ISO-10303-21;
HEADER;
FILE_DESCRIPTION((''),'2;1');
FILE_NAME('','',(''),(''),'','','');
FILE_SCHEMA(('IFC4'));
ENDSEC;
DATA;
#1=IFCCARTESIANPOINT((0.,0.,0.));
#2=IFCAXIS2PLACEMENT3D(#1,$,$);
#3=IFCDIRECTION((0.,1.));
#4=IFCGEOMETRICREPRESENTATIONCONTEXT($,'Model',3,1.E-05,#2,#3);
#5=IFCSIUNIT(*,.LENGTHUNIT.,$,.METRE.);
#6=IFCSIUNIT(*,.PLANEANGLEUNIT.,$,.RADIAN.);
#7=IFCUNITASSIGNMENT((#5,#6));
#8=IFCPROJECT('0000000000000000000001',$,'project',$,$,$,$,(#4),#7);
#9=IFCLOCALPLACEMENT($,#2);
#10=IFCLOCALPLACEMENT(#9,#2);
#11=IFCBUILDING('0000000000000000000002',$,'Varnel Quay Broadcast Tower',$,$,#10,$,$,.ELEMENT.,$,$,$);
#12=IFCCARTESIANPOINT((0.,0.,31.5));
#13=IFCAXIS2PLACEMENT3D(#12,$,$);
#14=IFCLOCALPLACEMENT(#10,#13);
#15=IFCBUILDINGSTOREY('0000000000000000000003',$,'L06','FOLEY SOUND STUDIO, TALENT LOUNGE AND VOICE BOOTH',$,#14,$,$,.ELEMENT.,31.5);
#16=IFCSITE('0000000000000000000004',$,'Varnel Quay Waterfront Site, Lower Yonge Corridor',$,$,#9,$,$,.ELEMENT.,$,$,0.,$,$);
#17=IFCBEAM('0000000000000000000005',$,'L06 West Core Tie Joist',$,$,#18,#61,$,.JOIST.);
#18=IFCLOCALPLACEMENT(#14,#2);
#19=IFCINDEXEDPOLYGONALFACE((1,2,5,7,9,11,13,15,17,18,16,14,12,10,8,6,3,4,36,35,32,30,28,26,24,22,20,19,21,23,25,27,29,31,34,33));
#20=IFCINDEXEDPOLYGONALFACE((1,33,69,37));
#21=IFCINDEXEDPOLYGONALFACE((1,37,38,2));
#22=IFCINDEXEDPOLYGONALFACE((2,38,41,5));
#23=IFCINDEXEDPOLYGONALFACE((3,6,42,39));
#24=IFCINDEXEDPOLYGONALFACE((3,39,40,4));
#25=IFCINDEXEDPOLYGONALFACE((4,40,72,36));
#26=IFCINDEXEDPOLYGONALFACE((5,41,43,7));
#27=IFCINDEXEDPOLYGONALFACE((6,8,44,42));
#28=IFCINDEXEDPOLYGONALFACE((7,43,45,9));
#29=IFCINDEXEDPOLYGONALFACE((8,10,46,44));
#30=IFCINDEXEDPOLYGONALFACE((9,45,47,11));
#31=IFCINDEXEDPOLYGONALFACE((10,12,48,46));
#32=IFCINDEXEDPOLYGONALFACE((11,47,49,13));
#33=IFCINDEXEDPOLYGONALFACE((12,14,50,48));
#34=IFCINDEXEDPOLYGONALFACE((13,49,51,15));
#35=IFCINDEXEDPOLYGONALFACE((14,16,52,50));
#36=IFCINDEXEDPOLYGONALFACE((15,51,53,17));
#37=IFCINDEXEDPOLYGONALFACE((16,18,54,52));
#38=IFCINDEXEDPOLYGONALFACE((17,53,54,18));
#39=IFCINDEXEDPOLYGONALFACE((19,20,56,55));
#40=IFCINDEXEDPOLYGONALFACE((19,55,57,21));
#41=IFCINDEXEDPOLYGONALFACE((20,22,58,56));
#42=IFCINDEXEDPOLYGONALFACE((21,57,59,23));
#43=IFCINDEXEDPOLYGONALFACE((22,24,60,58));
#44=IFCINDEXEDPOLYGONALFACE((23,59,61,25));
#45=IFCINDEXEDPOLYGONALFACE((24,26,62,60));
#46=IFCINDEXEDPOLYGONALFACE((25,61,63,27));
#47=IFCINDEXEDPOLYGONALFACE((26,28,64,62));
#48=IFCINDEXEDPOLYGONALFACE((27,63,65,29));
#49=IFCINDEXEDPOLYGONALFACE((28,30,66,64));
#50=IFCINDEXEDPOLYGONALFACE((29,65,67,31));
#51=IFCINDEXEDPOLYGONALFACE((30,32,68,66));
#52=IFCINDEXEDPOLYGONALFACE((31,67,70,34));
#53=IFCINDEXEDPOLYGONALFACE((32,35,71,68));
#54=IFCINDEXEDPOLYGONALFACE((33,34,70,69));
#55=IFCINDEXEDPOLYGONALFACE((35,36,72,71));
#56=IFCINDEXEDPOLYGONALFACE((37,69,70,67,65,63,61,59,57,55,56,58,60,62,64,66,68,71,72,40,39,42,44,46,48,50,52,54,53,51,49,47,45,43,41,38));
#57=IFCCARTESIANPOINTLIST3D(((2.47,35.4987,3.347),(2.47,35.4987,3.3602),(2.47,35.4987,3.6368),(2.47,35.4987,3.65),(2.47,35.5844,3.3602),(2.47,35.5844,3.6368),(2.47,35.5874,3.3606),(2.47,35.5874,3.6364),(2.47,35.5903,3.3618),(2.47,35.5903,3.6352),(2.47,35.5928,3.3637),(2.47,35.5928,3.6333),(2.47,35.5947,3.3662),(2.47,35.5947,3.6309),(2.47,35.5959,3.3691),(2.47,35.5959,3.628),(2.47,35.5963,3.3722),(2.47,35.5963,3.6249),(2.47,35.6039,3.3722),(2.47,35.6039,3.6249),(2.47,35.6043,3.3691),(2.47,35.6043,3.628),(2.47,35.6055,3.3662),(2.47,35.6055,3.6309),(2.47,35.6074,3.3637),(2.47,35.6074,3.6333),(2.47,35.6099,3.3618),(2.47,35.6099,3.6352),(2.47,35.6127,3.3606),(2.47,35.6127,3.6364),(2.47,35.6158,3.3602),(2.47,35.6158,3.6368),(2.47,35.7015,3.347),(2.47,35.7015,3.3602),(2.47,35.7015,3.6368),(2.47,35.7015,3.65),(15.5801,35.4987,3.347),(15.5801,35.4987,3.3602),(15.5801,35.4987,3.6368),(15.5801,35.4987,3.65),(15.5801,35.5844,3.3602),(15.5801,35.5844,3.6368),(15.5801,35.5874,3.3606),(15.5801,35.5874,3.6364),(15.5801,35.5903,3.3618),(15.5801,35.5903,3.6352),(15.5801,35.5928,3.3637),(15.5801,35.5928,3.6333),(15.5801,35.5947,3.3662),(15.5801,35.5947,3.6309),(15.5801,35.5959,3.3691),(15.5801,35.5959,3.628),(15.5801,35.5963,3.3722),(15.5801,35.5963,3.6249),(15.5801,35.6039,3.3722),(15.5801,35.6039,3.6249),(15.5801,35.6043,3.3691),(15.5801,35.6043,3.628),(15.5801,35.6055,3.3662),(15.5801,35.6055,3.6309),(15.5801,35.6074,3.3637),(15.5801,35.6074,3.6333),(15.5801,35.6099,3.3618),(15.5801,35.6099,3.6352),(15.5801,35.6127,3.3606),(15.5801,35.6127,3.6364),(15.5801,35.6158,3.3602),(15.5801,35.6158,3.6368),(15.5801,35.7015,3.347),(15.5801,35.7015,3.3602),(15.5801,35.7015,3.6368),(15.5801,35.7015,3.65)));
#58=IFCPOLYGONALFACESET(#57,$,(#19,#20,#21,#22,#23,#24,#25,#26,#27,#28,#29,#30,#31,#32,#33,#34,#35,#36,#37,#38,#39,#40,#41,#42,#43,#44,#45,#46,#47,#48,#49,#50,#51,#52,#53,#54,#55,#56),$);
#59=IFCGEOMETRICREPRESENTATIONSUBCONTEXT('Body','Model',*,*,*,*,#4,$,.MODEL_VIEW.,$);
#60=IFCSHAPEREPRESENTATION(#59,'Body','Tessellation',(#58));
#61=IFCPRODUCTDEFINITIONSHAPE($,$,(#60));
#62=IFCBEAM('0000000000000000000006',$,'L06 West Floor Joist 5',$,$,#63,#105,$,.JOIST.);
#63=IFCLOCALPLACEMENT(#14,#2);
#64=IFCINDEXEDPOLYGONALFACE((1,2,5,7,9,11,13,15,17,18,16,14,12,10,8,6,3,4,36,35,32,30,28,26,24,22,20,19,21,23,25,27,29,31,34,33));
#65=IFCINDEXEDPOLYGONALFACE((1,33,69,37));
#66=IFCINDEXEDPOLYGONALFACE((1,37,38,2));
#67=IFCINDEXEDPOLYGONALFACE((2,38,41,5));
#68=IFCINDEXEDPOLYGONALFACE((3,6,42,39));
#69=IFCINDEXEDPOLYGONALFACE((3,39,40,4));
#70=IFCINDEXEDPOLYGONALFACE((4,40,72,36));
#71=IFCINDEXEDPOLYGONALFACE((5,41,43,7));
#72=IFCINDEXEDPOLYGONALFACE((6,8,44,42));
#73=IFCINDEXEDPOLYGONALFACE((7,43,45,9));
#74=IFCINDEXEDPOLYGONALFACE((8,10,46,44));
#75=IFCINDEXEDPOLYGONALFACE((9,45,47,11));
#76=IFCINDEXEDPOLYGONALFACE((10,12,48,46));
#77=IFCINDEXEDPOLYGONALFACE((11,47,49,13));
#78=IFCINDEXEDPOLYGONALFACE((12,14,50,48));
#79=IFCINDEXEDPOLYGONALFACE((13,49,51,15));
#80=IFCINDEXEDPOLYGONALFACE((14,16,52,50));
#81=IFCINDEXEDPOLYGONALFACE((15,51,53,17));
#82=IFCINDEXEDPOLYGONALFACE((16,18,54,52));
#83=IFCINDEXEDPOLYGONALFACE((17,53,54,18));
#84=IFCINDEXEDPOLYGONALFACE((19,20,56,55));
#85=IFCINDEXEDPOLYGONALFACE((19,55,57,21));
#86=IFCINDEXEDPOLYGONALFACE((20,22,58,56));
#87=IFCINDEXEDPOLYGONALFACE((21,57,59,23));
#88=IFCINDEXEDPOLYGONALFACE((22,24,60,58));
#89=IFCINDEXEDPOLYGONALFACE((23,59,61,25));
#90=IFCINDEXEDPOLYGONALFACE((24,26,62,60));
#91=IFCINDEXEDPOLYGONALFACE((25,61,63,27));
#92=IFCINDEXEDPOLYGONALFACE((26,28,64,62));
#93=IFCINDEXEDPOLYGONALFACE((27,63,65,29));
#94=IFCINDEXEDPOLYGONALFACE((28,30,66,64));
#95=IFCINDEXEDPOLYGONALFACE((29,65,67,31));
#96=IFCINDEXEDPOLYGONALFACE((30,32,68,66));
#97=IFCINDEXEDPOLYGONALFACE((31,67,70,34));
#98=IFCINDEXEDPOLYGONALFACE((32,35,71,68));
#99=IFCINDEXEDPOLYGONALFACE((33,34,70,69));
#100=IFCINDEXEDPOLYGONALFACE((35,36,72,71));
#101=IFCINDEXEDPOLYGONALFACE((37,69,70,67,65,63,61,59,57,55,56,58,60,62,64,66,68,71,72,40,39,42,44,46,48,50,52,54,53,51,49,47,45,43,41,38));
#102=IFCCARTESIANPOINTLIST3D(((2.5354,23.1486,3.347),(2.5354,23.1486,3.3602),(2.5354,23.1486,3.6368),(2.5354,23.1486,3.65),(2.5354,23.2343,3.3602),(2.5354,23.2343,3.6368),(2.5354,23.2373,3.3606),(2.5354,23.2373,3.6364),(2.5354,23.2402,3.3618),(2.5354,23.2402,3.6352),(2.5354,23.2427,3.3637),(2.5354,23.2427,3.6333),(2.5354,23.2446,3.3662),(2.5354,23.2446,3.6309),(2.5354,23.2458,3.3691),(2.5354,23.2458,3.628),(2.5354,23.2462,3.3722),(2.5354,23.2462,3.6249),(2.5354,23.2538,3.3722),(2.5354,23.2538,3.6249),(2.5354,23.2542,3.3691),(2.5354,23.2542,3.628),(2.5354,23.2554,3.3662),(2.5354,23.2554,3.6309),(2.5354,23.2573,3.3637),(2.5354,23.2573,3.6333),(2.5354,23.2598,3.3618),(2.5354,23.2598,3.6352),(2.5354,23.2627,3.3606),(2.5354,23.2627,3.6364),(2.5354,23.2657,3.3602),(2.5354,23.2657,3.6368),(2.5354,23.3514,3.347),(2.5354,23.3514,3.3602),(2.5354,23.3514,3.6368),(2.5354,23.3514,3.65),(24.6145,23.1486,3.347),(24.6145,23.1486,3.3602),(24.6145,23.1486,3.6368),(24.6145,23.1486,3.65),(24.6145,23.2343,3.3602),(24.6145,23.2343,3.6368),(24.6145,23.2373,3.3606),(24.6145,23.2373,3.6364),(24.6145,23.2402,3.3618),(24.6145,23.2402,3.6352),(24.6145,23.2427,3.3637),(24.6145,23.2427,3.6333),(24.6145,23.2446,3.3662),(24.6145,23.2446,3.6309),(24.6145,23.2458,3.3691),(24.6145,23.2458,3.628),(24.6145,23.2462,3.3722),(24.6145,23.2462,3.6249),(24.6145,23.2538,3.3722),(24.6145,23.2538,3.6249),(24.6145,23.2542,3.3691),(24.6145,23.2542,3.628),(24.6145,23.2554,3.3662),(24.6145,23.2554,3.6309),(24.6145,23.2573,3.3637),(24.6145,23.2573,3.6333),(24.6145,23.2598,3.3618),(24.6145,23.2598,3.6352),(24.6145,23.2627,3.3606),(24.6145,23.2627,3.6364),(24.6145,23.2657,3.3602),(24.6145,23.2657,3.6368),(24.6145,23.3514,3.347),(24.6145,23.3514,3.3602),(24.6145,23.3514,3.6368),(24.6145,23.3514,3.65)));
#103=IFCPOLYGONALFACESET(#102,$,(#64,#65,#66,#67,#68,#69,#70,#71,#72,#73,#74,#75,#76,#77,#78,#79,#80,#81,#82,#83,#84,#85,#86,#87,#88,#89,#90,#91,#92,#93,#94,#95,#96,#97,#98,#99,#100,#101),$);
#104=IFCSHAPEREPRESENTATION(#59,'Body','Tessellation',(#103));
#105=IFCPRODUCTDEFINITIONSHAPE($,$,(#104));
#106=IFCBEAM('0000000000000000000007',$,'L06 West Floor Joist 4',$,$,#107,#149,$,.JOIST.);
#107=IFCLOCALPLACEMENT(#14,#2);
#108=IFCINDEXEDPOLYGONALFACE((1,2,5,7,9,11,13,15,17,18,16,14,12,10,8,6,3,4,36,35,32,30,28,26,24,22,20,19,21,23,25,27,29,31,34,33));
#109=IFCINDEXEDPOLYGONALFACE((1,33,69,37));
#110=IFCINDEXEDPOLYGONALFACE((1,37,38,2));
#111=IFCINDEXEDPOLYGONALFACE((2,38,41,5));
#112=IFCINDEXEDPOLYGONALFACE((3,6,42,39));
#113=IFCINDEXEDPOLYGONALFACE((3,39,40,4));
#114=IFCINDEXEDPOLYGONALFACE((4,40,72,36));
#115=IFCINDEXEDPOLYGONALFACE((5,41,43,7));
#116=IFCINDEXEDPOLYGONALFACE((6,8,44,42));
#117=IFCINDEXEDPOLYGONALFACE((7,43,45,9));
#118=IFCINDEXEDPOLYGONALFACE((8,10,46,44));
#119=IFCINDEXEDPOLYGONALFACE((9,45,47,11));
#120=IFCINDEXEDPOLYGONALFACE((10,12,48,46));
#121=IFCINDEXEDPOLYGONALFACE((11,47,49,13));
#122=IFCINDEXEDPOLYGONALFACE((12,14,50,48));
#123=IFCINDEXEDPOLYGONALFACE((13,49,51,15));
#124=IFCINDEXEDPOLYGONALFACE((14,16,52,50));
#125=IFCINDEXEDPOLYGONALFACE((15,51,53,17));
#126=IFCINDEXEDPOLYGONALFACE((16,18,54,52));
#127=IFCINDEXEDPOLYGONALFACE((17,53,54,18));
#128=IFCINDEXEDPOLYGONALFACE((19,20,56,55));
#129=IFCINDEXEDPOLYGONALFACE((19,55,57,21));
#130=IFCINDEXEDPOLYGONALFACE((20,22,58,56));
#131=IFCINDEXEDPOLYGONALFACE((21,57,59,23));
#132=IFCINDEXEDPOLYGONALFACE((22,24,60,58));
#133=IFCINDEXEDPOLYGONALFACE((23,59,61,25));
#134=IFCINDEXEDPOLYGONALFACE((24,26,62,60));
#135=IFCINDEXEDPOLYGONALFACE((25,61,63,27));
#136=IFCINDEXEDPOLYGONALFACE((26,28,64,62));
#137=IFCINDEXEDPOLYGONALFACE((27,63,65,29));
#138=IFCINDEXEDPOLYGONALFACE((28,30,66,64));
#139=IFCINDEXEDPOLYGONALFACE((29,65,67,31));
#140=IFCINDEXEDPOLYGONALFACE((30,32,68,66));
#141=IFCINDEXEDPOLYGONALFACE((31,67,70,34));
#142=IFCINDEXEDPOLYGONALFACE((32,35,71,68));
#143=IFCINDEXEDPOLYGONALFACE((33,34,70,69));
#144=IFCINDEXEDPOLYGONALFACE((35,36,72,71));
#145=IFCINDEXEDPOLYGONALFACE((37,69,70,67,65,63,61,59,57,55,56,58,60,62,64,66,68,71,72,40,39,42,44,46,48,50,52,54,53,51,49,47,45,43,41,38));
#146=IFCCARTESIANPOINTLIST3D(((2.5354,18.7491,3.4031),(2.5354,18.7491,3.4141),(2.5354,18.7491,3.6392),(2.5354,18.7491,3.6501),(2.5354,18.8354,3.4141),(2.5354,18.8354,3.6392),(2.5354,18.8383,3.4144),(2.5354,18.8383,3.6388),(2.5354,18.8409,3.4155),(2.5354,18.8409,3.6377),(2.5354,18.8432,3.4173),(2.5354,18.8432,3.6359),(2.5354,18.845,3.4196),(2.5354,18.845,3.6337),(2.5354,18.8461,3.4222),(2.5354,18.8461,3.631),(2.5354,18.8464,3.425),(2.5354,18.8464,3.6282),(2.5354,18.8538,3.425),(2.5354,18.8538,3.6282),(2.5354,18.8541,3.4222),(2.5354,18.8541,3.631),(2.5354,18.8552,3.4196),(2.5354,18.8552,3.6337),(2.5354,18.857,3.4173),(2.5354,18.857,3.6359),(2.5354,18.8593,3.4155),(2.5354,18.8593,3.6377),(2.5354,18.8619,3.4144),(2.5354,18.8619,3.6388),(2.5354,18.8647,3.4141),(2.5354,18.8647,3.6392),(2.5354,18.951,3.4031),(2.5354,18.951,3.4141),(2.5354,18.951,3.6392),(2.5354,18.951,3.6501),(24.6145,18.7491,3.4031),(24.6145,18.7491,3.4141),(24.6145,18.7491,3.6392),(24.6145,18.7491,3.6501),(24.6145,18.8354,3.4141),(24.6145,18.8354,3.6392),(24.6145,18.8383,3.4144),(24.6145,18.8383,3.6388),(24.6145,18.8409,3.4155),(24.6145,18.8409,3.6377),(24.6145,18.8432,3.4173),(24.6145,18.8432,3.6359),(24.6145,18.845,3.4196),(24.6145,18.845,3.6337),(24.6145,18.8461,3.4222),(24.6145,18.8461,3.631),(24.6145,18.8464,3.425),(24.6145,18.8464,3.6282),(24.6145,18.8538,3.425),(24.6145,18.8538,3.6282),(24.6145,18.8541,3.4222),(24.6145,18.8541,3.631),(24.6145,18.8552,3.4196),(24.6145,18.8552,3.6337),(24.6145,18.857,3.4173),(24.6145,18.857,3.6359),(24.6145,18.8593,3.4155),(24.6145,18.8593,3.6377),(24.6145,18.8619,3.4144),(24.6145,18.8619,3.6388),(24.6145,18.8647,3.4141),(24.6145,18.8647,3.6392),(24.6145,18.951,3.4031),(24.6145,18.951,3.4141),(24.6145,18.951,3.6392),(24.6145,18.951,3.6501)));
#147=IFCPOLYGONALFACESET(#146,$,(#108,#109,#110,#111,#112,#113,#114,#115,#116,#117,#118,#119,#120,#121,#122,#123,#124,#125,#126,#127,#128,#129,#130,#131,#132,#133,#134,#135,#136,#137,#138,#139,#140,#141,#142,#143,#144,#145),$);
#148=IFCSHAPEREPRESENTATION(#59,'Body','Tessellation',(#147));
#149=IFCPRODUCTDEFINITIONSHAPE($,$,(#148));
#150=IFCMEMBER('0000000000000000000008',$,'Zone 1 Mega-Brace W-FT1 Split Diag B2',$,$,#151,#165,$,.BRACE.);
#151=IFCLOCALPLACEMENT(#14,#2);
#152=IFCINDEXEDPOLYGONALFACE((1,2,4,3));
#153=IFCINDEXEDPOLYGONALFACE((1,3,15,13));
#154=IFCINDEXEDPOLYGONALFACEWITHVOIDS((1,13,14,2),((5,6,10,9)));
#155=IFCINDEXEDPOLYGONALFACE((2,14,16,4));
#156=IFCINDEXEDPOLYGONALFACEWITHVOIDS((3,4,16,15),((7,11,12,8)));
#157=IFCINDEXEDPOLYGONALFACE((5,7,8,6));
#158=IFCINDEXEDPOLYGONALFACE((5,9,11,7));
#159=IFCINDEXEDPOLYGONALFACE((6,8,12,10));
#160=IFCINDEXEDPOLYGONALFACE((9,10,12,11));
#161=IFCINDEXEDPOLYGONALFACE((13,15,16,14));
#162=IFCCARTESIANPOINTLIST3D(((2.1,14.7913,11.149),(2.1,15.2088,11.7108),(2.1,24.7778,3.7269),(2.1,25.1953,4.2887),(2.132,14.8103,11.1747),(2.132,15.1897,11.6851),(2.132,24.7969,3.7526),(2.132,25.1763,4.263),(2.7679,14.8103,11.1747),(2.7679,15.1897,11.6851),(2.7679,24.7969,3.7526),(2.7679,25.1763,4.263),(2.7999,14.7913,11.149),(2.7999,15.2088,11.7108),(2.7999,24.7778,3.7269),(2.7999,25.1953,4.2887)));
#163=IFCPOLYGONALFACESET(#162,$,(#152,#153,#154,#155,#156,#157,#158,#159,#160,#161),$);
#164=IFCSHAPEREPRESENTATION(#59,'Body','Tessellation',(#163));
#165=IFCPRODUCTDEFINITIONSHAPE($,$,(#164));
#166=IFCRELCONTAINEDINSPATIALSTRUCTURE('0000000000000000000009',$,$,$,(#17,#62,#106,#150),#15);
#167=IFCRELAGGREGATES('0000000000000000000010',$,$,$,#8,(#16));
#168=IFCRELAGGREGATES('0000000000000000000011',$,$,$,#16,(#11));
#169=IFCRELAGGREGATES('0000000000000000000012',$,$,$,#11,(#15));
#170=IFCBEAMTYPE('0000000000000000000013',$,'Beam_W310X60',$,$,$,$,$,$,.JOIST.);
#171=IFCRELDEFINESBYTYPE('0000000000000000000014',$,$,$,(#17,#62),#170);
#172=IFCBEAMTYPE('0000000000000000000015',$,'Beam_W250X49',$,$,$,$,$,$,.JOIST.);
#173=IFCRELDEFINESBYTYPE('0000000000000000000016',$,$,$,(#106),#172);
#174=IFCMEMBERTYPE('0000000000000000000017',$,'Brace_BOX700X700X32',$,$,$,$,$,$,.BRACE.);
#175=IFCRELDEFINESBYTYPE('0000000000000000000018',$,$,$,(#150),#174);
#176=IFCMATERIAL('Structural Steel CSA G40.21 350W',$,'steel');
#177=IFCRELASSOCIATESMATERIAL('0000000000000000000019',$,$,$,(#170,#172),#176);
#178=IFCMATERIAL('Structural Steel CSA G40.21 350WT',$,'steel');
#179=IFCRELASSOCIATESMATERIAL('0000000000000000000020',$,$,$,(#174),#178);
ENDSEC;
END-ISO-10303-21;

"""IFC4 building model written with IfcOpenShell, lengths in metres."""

from ifc_helpers import new_model, si_unit, direction, frame, origin, origin_2d, place, context, subcontext, project, spatial, hollow_rectangle, i_section, extrude, source, transform, mapped, material, material_profile, profile_set, type_object, type_shapes, element, save


model = new_model("IFC4")

# Units and contexts
model_context = context("Model", 3, precision=1e-05, world=origin(), true_north=direction((0.0, 1.0)))
body_context = subcontext(model_context, "Body", "Model", "MODEL_VIEW")
ifc_project = project(units=[si_unit("LENGTHUNIT", "METRE"), si_unit("PLANEANGLEUNIT", "RADIAN")], contexts=[model_context])

# Site, building, storey
site_placement = place(None, origin())
site = spatial("IfcSite", under=ifc_project, at=site_placement, Name="Varnel Quay Waterfront Site, Lower Yonge Corridor", CompositionType="ELEMENT", RefElevation=0.0)
building_placement = place(site_placement, origin())
building = spatial("IfcBuilding", under=site, at=building_placement, Name="Varnel Quay Broadcast Tower", CompositionType="ELEMENT")
storey_placement = place(building_placement, frame((0.0, 0.0, 31.5)))
storey = spatial("IfcBuildingStorey", under=building, at=storey_placement, Name="L06", Description="FOLEY SOUND STUDIO, TALENT LOUNGE AND VOICE BOOTH", CompositionType="ELEMENT", Elevation=31.5)

# Shared definitions
ifc_material_1 = material(Name="Structural Steel CSA G40.21 350W", Category="steel")

# Beams
ifc_material_profile_1 = material_profile(ifc_material_1, i_section(OverallWidth=0.2029, OverallDepth=0.303, WebThickness=0.0076, FlangeThickness=0.0132, FilletRadius=0.012, at=origin_2d()), Name="W310X60")
ifc_profile_set_1 = profile_set([ifc_material_profile_1], Name="Structural Steel CSA G40.21 350W")
beam_type_1 = type_object("IfcBeamType", Name="Beam_W310X60", PredefinedType="JOIST", material=ifc_profile_set_1)
shared_shape_1 = source(origin(), body_context, "Body", "SweptSolid", [
    extrude(i_section(OverallWidth=0.2029, OverallDepth=0.303, WebThickness=0.0076, FlangeThickness=0.0132, FilletRadius=0.012, at=origin_2d()), origin(), (0.0, 0.0, 1.0), 13.1101),
])
beam_1_placement = place(storey_placement, frame((2.47, 35.6001, 3.4985), z_axis=(1.0, 0.0, 0.0), x_axis=(0.0, 1.0, 0.0)))
element("IfcBeam", 1, at=beam_1_placement, inside=storey, type_object=beam_type_1, Name="L06 West Core Tie Joist", PredefinedType="JOIST", context=body_context, shape_type="MappedRepresentation", body=[
    mapped(shared_shape_1, transform((0.0, 0.0, 0.0), x_axis=(1.0, 0.0, 0.0), y_axis=(0.0, 1.0, 0.0), z_axis=(0.0, 0.0, 1.0), scale=1.0)),
])
shared_shape_2 = source(origin(), body_context, "Body", "SweptSolid", [
    extrude(i_section(OverallWidth=0.2029, OverallDepth=0.303, WebThickness=0.0076, FlangeThickness=0.0132, FilletRadius=0.012, at=origin_2d()), origin(), (0.0, 0.0, 1.0), 22.0791),
])
type_shapes(beam_type_1, [shared_shape_1, shared_shape_2])
beam_2_placement = place(storey_placement, frame((2.5354, 23.25, 3.4985), z_axis=(1.0, 0.0, 0.0), x_axis=(0.0, 1.0, 0.0)))
element("IfcBeam", 2, at=beam_2_placement, inside=storey, type_object=beam_type_1, Name="L06 West Floor Joist 5", PredefinedType="JOIST", context=body_context, shape_type="MappedRepresentation", body=[
    mapped(shared_shape_2, transform((0.0, 0.0, 0.0), x_axis=(1.0, 0.0, 0.0), y_axis=(0.0, 1.0, 0.0), z_axis=(0.0, 0.0, 1.0), scale=1.0)),
])
ifc_material_profile_2 = material_profile(ifc_material_1, i_section(OverallWidth=0.2019, OverallDepth=0.2471, WebThickness=0.0073, FlangeThickness=0.011, FilletRadius=0.011, at=origin_2d()), Name="W250X49")
ifc_profile_set_2 = profile_set([ifc_material_profile_2], Name="Structural Steel CSA G40.21 350W")
beam_type_2 = type_object("IfcBeamType", Name="Beam_W250X49", PredefinedType="JOIST", material=ifc_profile_set_2)
shared_shape_3 = source(origin(), body_context, "Body", "SweptSolid", [
    extrude(i_section(OverallWidth=0.2019, OverallDepth=0.2471, WebThickness=0.0073, FlangeThickness=0.011, FilletRadius=0.011, at=origin_2d()), origin(), (0.0, 0.0, 1.0), 22.0791),
])
type_shapes(beam_type_2, [shared_shape_3])
beam_3_placement = place(storey_placement, frame((2.5354, 18.8501, 3.5266), z_axis=(1.0, 0.0, 0.0), x_axis=(0.0, 1.0, 0.0)))
element("IfcBeam", 3, at=beam_3_placement, inside=storey, type_object=beam_type_2, Name="L06 West Floor Joist 4", PredefinedType="JOIST", context=body_context, shape_type="MappedRepresentation", body=[
    mapped(shared_shape_3, transform((0.0, 0.0, 0.0), x_axis=(1.0, 0.0, 0.0), y_axis=(0.0, 1.0, 0.0), z_axis=(0.0, 0.0, 1.0), scale=1.0)),
])

# Member
ifc_material_2 = material(Name="Structural Steel CSA G40.21 350WT", Category="steel")
ifc_material_profile_3 = material_profile(ifc_material_2, hollow_rectangle(XDim=0.7, YDim=0.7, WallThickness=0.032, at=origin_2d()), Name="BOX700X700X32")
ifc_profile_set_3 = profile_set([ifc_material_profile_3], Name="Structural Steel CSA G40.21 350WT")
member_type_1 = type_object("IfcMemberType", Name="Brace_BOX700X700X32", PredefinedType="BRACE", material=ifc_profile_set_3)
shared_shape_4 = source(origin(), body_context, "Body", "SweptSolid", [
    extrude(hollow_rectangle(XDim=0.7, YDim=0.7, WallThickness=0.032, at=origin_2d()), origin(), (0.0, 0.0, 1.0), 12.4426),
])
type_shapes(member_type_1, [shared_shape_4])
member_1_placement = place(storey_placement, frame((2.45, 24.9866, 4.0078), z_axis=(0.0, -0.802608, 0.596506), x_axis=(1.0, 0.0, 0.0)))
element("IfcMember", 4, at=member_1_placement, inside=storey, type_object=member_type_1, Name="Zone 1 Mega-Brace W-FT1 Split Diag B2", PredefinedType="BRACE", context=body_context, shape_type="MappedRepresentation", body=[
    mapped(shared_shape_4, transform((0.0, 0.0, 0.0), x_axis=(1.0, 0.0, 0.0), y_axis=(0.0, 1.0, 0.0), z_axis=(0.0, 0.0, 1.0), scale=1.0)),
])

save(model, "model.ifc")
